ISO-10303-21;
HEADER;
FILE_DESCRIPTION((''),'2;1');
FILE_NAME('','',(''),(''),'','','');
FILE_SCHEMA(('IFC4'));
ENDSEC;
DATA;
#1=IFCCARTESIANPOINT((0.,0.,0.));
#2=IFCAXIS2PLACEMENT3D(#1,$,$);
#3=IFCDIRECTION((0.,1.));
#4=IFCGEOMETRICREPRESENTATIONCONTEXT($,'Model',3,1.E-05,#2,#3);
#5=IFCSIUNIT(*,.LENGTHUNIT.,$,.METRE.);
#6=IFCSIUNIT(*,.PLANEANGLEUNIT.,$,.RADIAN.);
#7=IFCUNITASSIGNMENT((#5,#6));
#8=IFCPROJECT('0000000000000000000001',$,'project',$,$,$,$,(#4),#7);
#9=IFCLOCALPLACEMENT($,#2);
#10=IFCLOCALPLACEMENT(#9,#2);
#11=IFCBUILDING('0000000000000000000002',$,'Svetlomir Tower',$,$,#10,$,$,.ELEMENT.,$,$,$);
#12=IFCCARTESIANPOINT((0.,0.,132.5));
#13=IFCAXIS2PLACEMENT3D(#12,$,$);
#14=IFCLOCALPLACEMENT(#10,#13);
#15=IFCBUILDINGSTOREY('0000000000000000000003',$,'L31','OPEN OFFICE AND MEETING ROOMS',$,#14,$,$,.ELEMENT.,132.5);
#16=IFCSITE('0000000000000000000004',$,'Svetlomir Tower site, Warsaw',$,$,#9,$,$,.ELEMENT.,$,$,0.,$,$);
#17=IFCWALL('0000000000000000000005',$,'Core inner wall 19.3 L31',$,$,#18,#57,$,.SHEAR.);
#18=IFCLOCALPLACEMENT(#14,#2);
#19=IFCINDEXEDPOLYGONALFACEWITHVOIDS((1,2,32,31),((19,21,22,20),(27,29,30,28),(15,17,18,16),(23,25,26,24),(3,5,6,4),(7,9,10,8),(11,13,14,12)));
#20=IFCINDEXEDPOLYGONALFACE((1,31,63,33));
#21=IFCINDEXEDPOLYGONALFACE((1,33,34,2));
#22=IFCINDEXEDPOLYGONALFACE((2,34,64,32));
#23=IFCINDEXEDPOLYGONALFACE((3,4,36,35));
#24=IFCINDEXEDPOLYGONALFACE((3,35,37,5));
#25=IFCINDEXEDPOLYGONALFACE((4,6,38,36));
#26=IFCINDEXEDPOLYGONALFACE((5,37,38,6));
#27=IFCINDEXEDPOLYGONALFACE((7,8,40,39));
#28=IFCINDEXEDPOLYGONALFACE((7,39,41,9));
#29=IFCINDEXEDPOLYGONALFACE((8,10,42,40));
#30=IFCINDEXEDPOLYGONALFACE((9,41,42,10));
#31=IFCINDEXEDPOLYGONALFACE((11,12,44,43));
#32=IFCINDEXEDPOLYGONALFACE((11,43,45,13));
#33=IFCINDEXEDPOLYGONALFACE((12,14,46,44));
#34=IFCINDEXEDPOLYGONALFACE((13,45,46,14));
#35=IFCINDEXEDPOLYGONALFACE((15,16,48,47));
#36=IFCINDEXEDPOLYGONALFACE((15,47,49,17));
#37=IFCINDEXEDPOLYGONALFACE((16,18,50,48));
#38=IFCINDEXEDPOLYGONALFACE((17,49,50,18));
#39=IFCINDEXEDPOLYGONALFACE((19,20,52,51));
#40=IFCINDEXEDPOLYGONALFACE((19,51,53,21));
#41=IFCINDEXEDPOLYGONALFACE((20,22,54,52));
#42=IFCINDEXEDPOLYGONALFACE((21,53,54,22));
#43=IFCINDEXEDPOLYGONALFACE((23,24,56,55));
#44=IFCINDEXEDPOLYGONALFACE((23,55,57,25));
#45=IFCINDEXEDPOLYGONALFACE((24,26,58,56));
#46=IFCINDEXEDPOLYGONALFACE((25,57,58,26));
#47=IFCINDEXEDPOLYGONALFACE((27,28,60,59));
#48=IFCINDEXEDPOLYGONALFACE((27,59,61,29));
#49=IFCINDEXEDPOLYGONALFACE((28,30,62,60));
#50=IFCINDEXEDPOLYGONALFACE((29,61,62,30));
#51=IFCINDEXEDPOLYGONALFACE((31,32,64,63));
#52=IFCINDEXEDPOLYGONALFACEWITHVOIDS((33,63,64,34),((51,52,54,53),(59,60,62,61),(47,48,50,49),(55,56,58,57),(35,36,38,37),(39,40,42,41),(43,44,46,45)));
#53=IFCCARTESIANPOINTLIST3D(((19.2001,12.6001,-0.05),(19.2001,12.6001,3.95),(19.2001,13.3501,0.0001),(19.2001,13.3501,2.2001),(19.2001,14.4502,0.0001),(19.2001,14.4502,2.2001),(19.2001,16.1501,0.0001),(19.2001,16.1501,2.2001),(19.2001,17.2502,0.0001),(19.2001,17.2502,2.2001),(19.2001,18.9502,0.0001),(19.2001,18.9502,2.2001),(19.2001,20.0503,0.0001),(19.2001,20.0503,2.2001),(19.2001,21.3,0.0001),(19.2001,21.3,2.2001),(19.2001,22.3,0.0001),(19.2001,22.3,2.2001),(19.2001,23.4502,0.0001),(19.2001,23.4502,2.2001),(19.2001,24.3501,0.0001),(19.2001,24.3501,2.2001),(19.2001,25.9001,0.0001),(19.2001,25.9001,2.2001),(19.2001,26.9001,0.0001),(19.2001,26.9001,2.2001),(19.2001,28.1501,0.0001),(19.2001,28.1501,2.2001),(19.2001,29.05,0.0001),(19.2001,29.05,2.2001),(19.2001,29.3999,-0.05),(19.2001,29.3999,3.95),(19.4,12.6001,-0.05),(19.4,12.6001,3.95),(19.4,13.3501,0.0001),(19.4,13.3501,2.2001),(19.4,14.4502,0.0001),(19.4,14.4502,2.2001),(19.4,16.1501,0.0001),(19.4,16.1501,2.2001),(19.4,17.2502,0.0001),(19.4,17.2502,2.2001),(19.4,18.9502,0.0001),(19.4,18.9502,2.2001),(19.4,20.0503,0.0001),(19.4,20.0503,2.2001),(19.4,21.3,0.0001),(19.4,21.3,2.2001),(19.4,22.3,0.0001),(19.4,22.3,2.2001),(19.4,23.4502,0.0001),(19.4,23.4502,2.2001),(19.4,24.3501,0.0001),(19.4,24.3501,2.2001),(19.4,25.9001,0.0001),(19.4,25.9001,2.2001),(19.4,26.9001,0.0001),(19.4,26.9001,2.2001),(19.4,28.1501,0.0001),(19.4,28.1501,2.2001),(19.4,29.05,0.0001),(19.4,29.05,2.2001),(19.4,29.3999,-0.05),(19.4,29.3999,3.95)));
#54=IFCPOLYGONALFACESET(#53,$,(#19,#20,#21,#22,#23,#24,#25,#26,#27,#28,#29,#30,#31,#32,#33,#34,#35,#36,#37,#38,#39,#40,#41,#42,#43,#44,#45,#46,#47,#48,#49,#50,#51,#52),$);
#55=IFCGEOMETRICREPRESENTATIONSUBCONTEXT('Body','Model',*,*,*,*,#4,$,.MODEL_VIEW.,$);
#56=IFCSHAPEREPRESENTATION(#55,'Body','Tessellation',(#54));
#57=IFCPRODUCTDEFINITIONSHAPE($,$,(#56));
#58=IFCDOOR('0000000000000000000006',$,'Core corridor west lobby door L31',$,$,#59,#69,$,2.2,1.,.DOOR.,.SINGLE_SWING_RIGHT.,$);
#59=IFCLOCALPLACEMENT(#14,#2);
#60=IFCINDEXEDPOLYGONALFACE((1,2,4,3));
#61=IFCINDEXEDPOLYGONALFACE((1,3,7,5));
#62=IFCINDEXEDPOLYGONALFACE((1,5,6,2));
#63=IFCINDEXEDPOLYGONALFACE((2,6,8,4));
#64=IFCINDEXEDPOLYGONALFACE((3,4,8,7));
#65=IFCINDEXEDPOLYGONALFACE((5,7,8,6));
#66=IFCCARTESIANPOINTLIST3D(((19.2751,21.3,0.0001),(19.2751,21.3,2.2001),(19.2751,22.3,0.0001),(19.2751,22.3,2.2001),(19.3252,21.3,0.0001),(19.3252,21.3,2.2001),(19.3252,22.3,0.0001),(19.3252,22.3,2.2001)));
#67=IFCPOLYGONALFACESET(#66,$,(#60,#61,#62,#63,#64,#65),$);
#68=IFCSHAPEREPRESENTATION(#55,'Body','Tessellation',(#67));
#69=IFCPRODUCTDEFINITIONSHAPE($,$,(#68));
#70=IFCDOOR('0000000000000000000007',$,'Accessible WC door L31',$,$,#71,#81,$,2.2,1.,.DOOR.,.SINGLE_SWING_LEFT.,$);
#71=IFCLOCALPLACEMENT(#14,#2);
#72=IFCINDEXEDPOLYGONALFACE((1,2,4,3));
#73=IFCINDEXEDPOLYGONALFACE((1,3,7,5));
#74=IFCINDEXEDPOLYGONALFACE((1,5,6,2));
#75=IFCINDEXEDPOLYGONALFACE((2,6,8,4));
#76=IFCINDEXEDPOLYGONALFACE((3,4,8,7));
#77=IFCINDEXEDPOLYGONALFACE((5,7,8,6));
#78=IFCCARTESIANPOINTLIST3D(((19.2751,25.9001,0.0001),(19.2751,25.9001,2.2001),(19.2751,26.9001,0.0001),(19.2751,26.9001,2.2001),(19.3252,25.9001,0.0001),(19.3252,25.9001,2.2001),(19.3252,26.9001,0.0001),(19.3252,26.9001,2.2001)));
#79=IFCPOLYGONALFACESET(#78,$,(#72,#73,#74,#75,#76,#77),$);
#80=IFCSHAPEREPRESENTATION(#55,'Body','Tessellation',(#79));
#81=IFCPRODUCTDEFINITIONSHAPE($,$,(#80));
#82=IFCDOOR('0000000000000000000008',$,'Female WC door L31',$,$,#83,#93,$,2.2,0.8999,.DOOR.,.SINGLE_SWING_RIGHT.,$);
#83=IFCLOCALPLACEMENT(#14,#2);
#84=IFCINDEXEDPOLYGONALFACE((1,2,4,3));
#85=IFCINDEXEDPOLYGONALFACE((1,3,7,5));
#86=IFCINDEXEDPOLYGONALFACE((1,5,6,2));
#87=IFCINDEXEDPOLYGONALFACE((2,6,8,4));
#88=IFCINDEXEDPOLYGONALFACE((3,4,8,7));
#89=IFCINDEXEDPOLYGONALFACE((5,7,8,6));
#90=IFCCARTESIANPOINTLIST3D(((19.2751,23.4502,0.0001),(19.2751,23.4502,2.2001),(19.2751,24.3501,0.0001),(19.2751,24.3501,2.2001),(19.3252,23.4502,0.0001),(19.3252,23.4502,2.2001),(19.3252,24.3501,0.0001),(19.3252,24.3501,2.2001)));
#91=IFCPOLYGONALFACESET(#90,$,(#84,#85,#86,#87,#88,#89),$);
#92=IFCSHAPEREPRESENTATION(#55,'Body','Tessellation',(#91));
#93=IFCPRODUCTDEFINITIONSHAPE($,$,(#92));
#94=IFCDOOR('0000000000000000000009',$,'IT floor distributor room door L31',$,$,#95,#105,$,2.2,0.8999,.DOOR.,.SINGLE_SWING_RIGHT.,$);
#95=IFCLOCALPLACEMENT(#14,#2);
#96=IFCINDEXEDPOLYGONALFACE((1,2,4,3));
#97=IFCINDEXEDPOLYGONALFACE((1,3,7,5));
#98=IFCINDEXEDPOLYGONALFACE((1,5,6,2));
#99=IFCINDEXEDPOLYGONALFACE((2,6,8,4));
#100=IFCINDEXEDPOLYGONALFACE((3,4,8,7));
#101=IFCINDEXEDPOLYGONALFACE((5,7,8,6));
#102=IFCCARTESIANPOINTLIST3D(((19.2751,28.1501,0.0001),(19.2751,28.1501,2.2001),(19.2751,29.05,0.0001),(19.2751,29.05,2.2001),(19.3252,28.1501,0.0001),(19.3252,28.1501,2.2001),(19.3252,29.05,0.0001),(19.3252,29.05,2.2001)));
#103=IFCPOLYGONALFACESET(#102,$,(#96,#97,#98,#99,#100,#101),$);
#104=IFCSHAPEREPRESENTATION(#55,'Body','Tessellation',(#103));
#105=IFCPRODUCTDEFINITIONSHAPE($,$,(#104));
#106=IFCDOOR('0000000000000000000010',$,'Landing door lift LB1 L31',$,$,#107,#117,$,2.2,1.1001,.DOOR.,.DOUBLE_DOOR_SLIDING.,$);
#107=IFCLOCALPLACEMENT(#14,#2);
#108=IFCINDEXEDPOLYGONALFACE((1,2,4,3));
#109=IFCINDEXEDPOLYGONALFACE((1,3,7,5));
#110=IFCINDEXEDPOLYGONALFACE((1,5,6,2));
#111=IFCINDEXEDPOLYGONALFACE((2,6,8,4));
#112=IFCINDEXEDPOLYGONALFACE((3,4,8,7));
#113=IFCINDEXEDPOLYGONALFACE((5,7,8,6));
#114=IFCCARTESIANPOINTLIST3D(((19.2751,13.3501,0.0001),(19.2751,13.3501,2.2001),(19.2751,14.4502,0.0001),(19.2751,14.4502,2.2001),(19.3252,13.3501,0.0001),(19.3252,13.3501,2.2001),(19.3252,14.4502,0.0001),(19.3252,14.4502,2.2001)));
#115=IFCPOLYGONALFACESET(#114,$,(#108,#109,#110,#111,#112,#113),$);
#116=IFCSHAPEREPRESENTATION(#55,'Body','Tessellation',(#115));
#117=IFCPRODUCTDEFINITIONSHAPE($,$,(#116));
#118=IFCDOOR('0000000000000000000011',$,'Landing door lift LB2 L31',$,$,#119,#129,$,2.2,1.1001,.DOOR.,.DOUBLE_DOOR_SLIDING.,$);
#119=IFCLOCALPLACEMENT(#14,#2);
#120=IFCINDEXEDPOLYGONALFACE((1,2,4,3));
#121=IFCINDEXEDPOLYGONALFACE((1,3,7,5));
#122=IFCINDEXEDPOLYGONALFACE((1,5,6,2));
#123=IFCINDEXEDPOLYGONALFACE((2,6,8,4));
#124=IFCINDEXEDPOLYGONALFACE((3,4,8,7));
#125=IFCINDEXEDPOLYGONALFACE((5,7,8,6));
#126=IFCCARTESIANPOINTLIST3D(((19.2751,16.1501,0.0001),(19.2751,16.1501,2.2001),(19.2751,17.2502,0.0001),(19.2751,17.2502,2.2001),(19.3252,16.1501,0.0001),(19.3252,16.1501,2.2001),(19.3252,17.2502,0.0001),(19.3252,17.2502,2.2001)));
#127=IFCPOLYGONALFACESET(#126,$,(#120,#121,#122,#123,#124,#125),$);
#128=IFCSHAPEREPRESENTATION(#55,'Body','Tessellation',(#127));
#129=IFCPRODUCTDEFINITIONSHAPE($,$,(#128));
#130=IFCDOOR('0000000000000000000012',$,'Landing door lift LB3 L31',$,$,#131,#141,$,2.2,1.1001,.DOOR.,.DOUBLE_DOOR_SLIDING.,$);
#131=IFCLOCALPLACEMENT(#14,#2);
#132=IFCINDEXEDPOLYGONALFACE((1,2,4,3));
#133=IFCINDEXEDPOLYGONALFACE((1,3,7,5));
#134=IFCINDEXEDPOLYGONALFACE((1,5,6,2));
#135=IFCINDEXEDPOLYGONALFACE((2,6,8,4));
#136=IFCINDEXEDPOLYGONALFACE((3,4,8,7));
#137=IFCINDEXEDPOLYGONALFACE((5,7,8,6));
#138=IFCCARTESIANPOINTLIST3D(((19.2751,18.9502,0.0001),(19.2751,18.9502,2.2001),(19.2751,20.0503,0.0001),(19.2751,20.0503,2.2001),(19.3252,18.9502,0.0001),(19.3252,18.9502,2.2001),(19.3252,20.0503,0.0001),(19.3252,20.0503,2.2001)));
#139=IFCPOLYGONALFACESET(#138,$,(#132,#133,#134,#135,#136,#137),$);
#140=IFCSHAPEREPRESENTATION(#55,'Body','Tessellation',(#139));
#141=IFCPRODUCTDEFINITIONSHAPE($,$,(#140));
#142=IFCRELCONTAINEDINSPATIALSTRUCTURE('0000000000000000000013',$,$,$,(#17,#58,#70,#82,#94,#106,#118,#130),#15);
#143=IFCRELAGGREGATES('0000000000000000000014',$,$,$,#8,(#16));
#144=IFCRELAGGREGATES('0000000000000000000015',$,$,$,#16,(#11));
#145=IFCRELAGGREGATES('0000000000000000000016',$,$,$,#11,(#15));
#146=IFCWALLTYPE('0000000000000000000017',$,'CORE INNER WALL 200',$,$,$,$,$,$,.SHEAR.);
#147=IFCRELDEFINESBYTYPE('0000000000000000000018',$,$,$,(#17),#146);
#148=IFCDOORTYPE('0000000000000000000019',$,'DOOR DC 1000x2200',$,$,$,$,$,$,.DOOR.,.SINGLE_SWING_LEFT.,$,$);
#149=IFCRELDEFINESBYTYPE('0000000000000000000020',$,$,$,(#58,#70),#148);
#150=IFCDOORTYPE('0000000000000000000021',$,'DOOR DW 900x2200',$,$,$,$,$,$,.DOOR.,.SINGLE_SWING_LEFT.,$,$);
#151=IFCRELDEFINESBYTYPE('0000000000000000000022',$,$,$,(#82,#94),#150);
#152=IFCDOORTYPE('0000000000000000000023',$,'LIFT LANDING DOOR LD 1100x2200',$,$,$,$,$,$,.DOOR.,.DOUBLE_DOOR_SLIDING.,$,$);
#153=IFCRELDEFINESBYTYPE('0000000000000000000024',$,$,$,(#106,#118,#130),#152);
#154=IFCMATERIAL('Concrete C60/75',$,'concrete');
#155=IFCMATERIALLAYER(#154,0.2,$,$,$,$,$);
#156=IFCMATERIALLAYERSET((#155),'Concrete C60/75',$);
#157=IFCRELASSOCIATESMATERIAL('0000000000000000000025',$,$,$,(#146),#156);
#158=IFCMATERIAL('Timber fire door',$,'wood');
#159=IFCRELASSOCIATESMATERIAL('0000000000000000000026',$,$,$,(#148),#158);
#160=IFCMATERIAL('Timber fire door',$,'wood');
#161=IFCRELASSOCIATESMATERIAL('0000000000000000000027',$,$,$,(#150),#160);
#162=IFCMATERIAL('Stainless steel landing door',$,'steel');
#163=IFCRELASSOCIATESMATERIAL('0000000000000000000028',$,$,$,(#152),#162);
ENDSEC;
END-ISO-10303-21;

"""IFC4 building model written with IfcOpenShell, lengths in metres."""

from ifc_helpers import new_model, si_unit, direction, frame, frame_2d, origin, place, context, subcontext, project, spatial, rectangle, extrude, material, layer, layer_set, type_object, element, fill, save


model = new_model("IFC4")

# Units and contexts
model_context = context("Model", 3, precision=1e-05, world=origin(), true_north=direction((0.0, 1.0)))
body_context = subcontext(model_context, "Body", "Model", "MODEL_VIEW")
ifc_project = project(units=[si_unit("LENGTHUNIT", "METRE"), si_unit("PLANEANGLEUNIT", "RADIAN")], contexts=[model_context])

# Site, building, storey
site_placement = place(None, origin())
site = spatial("IfcSite", under=ifc_project, at=site_placement, Name="Svetlomir Tower site, Warsaw", CompositionType="ELEMENT", RefElevation=0.0)
building_placement = place(site_placement, origin())
building = spatial("IfcBuilding", under=site, at=building_placement, Name="Svetlomir Tower", CompositionType="ELEMENT")
storey_placement = place(building_placement, frame((0.0, 0.0, 132.5)))
storey = spatial("IfcBuildingStorey", under=building, at=storey_placement, Name="L31", Description="OPEN OFFICE AND MEETING ROOMS", CompositionType="ELEMENT", Elevation=132.5)

# Wall, openings, doors
ifc_material_1 = material(Name="Concrete C60/75", Category="concrete")
ifc_layer_1 = layer(ifc_material_1, 0.2)
ifc_layer_set_1 = layer_set([ifc_layer_1], Name="Concrete C60/75")
wall_type_1 = type_object("IfcWallType", Name="CORE INNER WALL 200", PredefinedType="SHEAR", material=ifc_layer_set_1)
wall_1_placement = place(storey_placement, frame((19.3, 12.6001, -0.05), z_axis=(0.0, 0.0, 1.0), x_axis=(0.0, 1.0, 0.0)))
wall_1 = element("IfcWall", 1, at=wall_1_placement, inside=storey, type_object=wall_type_1, Name="Core inner wall 19.3 L31", PredefinedType="SHEAR", context=body_context, shape_type="SweptSolid", body=[
    extrude(rectangle(XDim=16.7998, YDim=0.2, at=frame_2d((8.3999, 0.0))), origin(), (0.0, 0.0, 1.0), 4.0),
])
opening_1_placement = place(wall_1_placement, frame((8.7, 0.0, 0.05)))
opening_1 = element("IfcOpeningElement", 2, at=opening_1_placement, cuts=wall_1, PredefinedType="OPENING", context=body_context, shape_type="SweptSolid", body=[
    extrude(rectangle(XDim=1.0, YDim=2.2, at=frame_2d((0.5, 1.1001))), frame((0.0, 0.1099, 0.0), z_axis=(0.0, -1.0, 0.0), x_axis=(1.0, 0.0, 0.0)), (0.0, 0.0, 1.0), 0.22),
])
opening_2_placement = place(wall_1_placement, frame((10.8501, 0.0, 0.05)))
opening_2 = element("IfcOpeningElement", 3, at=opening_2_placement, cuts=wall_1, PredefinedType="OPENING", context=body_context, shape_type="SweptSolid", body=[
    extrude(rectangle(XDim=0.8999, YDim=2.2, at=frame_2d((0.45, 1.1001))), frame((0.0, 0.1099, 0.0), z_axis=(0.0, -1.0, 0.0), x_axis=(1.0, 0.0, 0.0)), (0.0, 0.0, 1.0), 0.22),
])
opening_3_placement = place(wall_1_placement, frame((13.3, 0.0, 0.05)))
opening_3 = element("IfcOpeningElement", 4, at=opening_3_placement, cuts=wall_1, PredefinedType="OPENING", context=body_context, shape_type="SweptSolid", body=[
    extrude(rectangle(XDim=1.0, YDim=2.2, at=frame_2d((0.5, 1.1001))), frame((0.0, 0.1099, 0.0), z_axis=(0.0, -1.0, 0.0), x_axis=(1.0, 0.0, 0.0)), (0.0, 0.0, 1.0), 0.22),
])
opening_4_placement = place(wall_1_placement, frame((15.55, 0.0, 0.05)))
opening_4 = element("IfcOpeningElement", 5, at=opening_4_placement, cuts=wall_1, PredefinedType="OPENING", context=body_context, shape_type="SweptSolid", body=[
    extrude(rectangle(XDim=0.8999, YDim=2.2, at=frame_2d((0.45, 1.1001))), frame((0.0, 0.1099, 0.0), z_axis=(0.0, -1.0, 0.0), x_axis=(1.0, 0.0, 0.0)), (0.0, 0.0, 1.0), 0.22),
])
opening_5_placement = place(wall_1_placement, frame((0.75, 0.0, 0.05)))
opening_5 = element("IfcOpeningElement", 6, at=opening_5_placement, cuts=wall_1, PredefinedType="OPENING", context=body_context, shape_type="SweptSolid", body=[
    extrude(rectangle(XDim=1.1001, YDim=2.2, at=frame_2d((0.55, 1.1001))), frame((0.0, 0.1099, 0.0), z_axis=(0.0, -1.0, 0.0), x_axis=(1.0, 0.0, 0.0)), (0.0, 0.0, 1.0), 0.22),
])
opening_6_placement = place(wall_1_placement, frame((3.55, 0.0, 0.05)))
opening_6 = element("IfcOpeningElement", 7, at=opening_6_placement, cuts=wall_1, PredefinedType="OPENING", context=body_context, shape_type="SweptSolid", body=[
    extrude(rectangle(XDim=1.1001, YDim=2.2, at=frame_2d((0.55, 1.1001))), frame((0.0, 0.1099, 0.0), z_axis=(0.0, -1.0, 0.0), x_axis=(1.0, 0.0, 0.0)), (0.0, 0.0, 1.0), 0.22),
])
opening_7_placement = place(wall_1_placement, frame((6.3501, 0.0, 0.05)))
opening_7 = element("IfcOpeningElement", 8, at=opening_7_placement, cuts=wall_1, PredefinedType="OPENING", context=body_context, shape_type="SweptSolid", body=[
    extrude(rectangle(XDim=1.1001, YDim=2.2, at=frame_2d((0.55, 1.1001))), frame((0.0, 0.1099, 0.0), z_axis=(0.0, -1.0, 0.0), x_axis=(1.0, 0.0, 0.0)), (0.0, 0.0, 1.0), 0.22),
])
ifc_material_2 = material(Name="Timber fire door", Category="wood")
door_type_1 = type_object("IfcDoorType", Name="DOOR DC 1000x2200", OperationType="SINGLE_SWING_LEFT", PredefinedType="DOOR", material=ifc_material_2)
door_1_placement = place(opening_1_placement, origin())
door_1 = element("IfcDoor", 9, at=door_1_placement, inside=storey, type_object=door_type_1, Name="Core corridor west lobby door L31", OperationType="SINGLE_SWING_RIGHT", OverallHeight=2.2, OverallWidth=1.0, PredefinedType="DOOR", context=body_context, shape_type="SweptSolid", body=[
    extrude(rectangle(XDim=1.0, YDim=2.2, at=frame_2d((0.5, 1.1001))), frame((0.0, 0.0249, 0.0), z_axis=(0.0, -1.0, 0.0), x_axis=(1.0, 0.0, 0.0)), (0.0, 0.0, 1.0), 0.05),
])
fill(opening_1, door_1)
door_2_placement = place(opening_3_placement, origin())
door_2 = element("IfcDoor", 10, at=door_2_placement, inside=storey, type_object=door_type_1, Name="Accessible WC door L31", OperationType="SINGLE_SWING_LEFT", OverallHeight=2.2, OverallWidth=1.0, PredefinedType="DOOR", context=body_context, shape_type="SweptSolid", body=[
    extrude(rectangle(XDim=1.0, YDim=2.2, at=frame_2d((0.5, 1.1001))), frame((0.0, 0.0249, 0.0), z_axis=(0.0, -1.0, 0.0), x_axis=(1.0, 0.0, 0.0)), (0.0, 0.0, 1.0), 0.05),
])
fill(opening_3, door_2)
ifc_material_3 = material(Name="Timber fire door", Category="wood")
door_type_2 = type_object("IfcDoorType", Name="DOOR DW 900x2200", OperationType="SINGLE_SWING_LEFT", PredefinedType="DOOR", material=ifc_material_3)
door_3_placement = place(opening_2_placement, origin())
door_3 = element("IfcDoor", 11, at=door_3_placement, inside=storey, type_object=door_type_2, Name="Female WC door L31", OperationType="SINGLE_SWING_RIGHT", OverallHeight=2.2, OverallWidth=0.8999, PredefinedType="DOOR", context=body_context, shape_type="SweptSolid", body=[
    extrude(rectangle(XDim=0.8999, YDim=2.2, at=frame_2d((0.45, 1.1001))), frame((0.0, 0.0249, 0.0), z_axis=(0.0, -1.0, 0.0), x_axis=(1.0, 0.0, 0.0)), (0.0, 0.0, 1.0), 0.05),
])
fill(opening_2, door_3)
door_4_placement = place(opening_4_placement, origin())
door_4 = element("IfcDoor", 12, at=door_4_placement, inside=storey, type_object=door_type_2, Name="IT floor distributor room door L31", OperationType="SINGLE_SWING_RIGHT", OverallHeight=2.2, OverallWidth=0.8999, PredefinedType="DOOR", context=body_context, shape_type="SweptSolid", body=[
    extrude(rectangle(XDim=0.8999, YDim=2.2, at=frame_2d((0.45, 1.1001))), frame((0.0, 0.0249, 0.0), z_axis=(0.0, -1.0, 0.0), x_axis=(1.0, 0.0, 0.0)), (0.0, 0.0, 1.0), 0.05),
])
fill(opening_4, door_4)
ifc_material_4 = material(Name="Stainless steel landing door", Category="steel")
door_type_3 = type_object("IfcDoorType", Name="LIFT LANDING DOOR LD 1100x2200", OperationType="DOUBLE_DOOR_SLIDING", PredefinedType="DOOR", material=ifc_material_4)
door_5_placement = place(opening_5_placement, origin())
door_5 = element("IfcDoor", 13, at=door_5_placement, inside=storey, type_object=door_type_3, Name="Landing door lift LB1 L31", OperationType="DOUBLE_DOOR_SLIDING", OverallHeight=2.2, OverallWidth=1.1001, PredefinedType="DOOR", context=body_context, shape_type="SweptSolid", body=[
    extrude(rectangle(XDim=1.1001, YDim=2.2, at=frame_2d((0.55, 1.1001))), frame((0.0, 0.0249, 0.0), z_axis=(0.0, -1.0, 0.0), x_axis=(1.0, 0.0, 0.0)), (0.0, 0.0, 1.0), 0.05),
])
fill(opening_5, door_5)
door_6_placement = place(opening_6_placement, origin())
door_6 = element("IfcDoor", 14, at=door_6_placement, inside=storey, type_object=door_type_3, Name="Landing door lift LB2 L31", OperationType="DOUBLE_DOOR_SLIDING", OverallHeight=2.2, OverallWidth=1.1001, PredefinedType="DOOR", context=body_context, shape_type="SweptSolid", body=[
    extrude(rectangle(XDim=1.1001, YDim=2.2, at=frame_2d((0.55, 1.1001))), frame((0.0, 0.0249, 0.0), z_axis=(0.0, -1.0, 0.0), x_axis=(1.0, 0.0, 0.0)), (0.0, 0.0, 1.0), 0.05),
])
fill(opening_6, door_6)
door_7_placement = place(opening_7_placement, origin())
door_7 = element("IfcDoor", 15, at=door_7_placement, inside=storey, type_object=door_type_3, Name="Landing door lift LB3 L31", OperationType="DOUBLE_DOOR_SLIDING", OverallHeight=2.2, OverallWidth=1.1001, PredefinedType="DOOR", context=body_context, shape_type="SweptSolid", body=[
    extrude(rectangle(XDim=1.1001, YDim=2.2, at=frame_2d((0.55, 1.1001))), frame((0.0, 0.0249, 0.0), z_axis=(0.0, -1.0, 0.0), x_axis=(1.0, 0.0, 0.0)), (0.0, 0.0, 1.0), 0.05),
])
fill(opening_7, door_7)

save(model, "model.ifc")
